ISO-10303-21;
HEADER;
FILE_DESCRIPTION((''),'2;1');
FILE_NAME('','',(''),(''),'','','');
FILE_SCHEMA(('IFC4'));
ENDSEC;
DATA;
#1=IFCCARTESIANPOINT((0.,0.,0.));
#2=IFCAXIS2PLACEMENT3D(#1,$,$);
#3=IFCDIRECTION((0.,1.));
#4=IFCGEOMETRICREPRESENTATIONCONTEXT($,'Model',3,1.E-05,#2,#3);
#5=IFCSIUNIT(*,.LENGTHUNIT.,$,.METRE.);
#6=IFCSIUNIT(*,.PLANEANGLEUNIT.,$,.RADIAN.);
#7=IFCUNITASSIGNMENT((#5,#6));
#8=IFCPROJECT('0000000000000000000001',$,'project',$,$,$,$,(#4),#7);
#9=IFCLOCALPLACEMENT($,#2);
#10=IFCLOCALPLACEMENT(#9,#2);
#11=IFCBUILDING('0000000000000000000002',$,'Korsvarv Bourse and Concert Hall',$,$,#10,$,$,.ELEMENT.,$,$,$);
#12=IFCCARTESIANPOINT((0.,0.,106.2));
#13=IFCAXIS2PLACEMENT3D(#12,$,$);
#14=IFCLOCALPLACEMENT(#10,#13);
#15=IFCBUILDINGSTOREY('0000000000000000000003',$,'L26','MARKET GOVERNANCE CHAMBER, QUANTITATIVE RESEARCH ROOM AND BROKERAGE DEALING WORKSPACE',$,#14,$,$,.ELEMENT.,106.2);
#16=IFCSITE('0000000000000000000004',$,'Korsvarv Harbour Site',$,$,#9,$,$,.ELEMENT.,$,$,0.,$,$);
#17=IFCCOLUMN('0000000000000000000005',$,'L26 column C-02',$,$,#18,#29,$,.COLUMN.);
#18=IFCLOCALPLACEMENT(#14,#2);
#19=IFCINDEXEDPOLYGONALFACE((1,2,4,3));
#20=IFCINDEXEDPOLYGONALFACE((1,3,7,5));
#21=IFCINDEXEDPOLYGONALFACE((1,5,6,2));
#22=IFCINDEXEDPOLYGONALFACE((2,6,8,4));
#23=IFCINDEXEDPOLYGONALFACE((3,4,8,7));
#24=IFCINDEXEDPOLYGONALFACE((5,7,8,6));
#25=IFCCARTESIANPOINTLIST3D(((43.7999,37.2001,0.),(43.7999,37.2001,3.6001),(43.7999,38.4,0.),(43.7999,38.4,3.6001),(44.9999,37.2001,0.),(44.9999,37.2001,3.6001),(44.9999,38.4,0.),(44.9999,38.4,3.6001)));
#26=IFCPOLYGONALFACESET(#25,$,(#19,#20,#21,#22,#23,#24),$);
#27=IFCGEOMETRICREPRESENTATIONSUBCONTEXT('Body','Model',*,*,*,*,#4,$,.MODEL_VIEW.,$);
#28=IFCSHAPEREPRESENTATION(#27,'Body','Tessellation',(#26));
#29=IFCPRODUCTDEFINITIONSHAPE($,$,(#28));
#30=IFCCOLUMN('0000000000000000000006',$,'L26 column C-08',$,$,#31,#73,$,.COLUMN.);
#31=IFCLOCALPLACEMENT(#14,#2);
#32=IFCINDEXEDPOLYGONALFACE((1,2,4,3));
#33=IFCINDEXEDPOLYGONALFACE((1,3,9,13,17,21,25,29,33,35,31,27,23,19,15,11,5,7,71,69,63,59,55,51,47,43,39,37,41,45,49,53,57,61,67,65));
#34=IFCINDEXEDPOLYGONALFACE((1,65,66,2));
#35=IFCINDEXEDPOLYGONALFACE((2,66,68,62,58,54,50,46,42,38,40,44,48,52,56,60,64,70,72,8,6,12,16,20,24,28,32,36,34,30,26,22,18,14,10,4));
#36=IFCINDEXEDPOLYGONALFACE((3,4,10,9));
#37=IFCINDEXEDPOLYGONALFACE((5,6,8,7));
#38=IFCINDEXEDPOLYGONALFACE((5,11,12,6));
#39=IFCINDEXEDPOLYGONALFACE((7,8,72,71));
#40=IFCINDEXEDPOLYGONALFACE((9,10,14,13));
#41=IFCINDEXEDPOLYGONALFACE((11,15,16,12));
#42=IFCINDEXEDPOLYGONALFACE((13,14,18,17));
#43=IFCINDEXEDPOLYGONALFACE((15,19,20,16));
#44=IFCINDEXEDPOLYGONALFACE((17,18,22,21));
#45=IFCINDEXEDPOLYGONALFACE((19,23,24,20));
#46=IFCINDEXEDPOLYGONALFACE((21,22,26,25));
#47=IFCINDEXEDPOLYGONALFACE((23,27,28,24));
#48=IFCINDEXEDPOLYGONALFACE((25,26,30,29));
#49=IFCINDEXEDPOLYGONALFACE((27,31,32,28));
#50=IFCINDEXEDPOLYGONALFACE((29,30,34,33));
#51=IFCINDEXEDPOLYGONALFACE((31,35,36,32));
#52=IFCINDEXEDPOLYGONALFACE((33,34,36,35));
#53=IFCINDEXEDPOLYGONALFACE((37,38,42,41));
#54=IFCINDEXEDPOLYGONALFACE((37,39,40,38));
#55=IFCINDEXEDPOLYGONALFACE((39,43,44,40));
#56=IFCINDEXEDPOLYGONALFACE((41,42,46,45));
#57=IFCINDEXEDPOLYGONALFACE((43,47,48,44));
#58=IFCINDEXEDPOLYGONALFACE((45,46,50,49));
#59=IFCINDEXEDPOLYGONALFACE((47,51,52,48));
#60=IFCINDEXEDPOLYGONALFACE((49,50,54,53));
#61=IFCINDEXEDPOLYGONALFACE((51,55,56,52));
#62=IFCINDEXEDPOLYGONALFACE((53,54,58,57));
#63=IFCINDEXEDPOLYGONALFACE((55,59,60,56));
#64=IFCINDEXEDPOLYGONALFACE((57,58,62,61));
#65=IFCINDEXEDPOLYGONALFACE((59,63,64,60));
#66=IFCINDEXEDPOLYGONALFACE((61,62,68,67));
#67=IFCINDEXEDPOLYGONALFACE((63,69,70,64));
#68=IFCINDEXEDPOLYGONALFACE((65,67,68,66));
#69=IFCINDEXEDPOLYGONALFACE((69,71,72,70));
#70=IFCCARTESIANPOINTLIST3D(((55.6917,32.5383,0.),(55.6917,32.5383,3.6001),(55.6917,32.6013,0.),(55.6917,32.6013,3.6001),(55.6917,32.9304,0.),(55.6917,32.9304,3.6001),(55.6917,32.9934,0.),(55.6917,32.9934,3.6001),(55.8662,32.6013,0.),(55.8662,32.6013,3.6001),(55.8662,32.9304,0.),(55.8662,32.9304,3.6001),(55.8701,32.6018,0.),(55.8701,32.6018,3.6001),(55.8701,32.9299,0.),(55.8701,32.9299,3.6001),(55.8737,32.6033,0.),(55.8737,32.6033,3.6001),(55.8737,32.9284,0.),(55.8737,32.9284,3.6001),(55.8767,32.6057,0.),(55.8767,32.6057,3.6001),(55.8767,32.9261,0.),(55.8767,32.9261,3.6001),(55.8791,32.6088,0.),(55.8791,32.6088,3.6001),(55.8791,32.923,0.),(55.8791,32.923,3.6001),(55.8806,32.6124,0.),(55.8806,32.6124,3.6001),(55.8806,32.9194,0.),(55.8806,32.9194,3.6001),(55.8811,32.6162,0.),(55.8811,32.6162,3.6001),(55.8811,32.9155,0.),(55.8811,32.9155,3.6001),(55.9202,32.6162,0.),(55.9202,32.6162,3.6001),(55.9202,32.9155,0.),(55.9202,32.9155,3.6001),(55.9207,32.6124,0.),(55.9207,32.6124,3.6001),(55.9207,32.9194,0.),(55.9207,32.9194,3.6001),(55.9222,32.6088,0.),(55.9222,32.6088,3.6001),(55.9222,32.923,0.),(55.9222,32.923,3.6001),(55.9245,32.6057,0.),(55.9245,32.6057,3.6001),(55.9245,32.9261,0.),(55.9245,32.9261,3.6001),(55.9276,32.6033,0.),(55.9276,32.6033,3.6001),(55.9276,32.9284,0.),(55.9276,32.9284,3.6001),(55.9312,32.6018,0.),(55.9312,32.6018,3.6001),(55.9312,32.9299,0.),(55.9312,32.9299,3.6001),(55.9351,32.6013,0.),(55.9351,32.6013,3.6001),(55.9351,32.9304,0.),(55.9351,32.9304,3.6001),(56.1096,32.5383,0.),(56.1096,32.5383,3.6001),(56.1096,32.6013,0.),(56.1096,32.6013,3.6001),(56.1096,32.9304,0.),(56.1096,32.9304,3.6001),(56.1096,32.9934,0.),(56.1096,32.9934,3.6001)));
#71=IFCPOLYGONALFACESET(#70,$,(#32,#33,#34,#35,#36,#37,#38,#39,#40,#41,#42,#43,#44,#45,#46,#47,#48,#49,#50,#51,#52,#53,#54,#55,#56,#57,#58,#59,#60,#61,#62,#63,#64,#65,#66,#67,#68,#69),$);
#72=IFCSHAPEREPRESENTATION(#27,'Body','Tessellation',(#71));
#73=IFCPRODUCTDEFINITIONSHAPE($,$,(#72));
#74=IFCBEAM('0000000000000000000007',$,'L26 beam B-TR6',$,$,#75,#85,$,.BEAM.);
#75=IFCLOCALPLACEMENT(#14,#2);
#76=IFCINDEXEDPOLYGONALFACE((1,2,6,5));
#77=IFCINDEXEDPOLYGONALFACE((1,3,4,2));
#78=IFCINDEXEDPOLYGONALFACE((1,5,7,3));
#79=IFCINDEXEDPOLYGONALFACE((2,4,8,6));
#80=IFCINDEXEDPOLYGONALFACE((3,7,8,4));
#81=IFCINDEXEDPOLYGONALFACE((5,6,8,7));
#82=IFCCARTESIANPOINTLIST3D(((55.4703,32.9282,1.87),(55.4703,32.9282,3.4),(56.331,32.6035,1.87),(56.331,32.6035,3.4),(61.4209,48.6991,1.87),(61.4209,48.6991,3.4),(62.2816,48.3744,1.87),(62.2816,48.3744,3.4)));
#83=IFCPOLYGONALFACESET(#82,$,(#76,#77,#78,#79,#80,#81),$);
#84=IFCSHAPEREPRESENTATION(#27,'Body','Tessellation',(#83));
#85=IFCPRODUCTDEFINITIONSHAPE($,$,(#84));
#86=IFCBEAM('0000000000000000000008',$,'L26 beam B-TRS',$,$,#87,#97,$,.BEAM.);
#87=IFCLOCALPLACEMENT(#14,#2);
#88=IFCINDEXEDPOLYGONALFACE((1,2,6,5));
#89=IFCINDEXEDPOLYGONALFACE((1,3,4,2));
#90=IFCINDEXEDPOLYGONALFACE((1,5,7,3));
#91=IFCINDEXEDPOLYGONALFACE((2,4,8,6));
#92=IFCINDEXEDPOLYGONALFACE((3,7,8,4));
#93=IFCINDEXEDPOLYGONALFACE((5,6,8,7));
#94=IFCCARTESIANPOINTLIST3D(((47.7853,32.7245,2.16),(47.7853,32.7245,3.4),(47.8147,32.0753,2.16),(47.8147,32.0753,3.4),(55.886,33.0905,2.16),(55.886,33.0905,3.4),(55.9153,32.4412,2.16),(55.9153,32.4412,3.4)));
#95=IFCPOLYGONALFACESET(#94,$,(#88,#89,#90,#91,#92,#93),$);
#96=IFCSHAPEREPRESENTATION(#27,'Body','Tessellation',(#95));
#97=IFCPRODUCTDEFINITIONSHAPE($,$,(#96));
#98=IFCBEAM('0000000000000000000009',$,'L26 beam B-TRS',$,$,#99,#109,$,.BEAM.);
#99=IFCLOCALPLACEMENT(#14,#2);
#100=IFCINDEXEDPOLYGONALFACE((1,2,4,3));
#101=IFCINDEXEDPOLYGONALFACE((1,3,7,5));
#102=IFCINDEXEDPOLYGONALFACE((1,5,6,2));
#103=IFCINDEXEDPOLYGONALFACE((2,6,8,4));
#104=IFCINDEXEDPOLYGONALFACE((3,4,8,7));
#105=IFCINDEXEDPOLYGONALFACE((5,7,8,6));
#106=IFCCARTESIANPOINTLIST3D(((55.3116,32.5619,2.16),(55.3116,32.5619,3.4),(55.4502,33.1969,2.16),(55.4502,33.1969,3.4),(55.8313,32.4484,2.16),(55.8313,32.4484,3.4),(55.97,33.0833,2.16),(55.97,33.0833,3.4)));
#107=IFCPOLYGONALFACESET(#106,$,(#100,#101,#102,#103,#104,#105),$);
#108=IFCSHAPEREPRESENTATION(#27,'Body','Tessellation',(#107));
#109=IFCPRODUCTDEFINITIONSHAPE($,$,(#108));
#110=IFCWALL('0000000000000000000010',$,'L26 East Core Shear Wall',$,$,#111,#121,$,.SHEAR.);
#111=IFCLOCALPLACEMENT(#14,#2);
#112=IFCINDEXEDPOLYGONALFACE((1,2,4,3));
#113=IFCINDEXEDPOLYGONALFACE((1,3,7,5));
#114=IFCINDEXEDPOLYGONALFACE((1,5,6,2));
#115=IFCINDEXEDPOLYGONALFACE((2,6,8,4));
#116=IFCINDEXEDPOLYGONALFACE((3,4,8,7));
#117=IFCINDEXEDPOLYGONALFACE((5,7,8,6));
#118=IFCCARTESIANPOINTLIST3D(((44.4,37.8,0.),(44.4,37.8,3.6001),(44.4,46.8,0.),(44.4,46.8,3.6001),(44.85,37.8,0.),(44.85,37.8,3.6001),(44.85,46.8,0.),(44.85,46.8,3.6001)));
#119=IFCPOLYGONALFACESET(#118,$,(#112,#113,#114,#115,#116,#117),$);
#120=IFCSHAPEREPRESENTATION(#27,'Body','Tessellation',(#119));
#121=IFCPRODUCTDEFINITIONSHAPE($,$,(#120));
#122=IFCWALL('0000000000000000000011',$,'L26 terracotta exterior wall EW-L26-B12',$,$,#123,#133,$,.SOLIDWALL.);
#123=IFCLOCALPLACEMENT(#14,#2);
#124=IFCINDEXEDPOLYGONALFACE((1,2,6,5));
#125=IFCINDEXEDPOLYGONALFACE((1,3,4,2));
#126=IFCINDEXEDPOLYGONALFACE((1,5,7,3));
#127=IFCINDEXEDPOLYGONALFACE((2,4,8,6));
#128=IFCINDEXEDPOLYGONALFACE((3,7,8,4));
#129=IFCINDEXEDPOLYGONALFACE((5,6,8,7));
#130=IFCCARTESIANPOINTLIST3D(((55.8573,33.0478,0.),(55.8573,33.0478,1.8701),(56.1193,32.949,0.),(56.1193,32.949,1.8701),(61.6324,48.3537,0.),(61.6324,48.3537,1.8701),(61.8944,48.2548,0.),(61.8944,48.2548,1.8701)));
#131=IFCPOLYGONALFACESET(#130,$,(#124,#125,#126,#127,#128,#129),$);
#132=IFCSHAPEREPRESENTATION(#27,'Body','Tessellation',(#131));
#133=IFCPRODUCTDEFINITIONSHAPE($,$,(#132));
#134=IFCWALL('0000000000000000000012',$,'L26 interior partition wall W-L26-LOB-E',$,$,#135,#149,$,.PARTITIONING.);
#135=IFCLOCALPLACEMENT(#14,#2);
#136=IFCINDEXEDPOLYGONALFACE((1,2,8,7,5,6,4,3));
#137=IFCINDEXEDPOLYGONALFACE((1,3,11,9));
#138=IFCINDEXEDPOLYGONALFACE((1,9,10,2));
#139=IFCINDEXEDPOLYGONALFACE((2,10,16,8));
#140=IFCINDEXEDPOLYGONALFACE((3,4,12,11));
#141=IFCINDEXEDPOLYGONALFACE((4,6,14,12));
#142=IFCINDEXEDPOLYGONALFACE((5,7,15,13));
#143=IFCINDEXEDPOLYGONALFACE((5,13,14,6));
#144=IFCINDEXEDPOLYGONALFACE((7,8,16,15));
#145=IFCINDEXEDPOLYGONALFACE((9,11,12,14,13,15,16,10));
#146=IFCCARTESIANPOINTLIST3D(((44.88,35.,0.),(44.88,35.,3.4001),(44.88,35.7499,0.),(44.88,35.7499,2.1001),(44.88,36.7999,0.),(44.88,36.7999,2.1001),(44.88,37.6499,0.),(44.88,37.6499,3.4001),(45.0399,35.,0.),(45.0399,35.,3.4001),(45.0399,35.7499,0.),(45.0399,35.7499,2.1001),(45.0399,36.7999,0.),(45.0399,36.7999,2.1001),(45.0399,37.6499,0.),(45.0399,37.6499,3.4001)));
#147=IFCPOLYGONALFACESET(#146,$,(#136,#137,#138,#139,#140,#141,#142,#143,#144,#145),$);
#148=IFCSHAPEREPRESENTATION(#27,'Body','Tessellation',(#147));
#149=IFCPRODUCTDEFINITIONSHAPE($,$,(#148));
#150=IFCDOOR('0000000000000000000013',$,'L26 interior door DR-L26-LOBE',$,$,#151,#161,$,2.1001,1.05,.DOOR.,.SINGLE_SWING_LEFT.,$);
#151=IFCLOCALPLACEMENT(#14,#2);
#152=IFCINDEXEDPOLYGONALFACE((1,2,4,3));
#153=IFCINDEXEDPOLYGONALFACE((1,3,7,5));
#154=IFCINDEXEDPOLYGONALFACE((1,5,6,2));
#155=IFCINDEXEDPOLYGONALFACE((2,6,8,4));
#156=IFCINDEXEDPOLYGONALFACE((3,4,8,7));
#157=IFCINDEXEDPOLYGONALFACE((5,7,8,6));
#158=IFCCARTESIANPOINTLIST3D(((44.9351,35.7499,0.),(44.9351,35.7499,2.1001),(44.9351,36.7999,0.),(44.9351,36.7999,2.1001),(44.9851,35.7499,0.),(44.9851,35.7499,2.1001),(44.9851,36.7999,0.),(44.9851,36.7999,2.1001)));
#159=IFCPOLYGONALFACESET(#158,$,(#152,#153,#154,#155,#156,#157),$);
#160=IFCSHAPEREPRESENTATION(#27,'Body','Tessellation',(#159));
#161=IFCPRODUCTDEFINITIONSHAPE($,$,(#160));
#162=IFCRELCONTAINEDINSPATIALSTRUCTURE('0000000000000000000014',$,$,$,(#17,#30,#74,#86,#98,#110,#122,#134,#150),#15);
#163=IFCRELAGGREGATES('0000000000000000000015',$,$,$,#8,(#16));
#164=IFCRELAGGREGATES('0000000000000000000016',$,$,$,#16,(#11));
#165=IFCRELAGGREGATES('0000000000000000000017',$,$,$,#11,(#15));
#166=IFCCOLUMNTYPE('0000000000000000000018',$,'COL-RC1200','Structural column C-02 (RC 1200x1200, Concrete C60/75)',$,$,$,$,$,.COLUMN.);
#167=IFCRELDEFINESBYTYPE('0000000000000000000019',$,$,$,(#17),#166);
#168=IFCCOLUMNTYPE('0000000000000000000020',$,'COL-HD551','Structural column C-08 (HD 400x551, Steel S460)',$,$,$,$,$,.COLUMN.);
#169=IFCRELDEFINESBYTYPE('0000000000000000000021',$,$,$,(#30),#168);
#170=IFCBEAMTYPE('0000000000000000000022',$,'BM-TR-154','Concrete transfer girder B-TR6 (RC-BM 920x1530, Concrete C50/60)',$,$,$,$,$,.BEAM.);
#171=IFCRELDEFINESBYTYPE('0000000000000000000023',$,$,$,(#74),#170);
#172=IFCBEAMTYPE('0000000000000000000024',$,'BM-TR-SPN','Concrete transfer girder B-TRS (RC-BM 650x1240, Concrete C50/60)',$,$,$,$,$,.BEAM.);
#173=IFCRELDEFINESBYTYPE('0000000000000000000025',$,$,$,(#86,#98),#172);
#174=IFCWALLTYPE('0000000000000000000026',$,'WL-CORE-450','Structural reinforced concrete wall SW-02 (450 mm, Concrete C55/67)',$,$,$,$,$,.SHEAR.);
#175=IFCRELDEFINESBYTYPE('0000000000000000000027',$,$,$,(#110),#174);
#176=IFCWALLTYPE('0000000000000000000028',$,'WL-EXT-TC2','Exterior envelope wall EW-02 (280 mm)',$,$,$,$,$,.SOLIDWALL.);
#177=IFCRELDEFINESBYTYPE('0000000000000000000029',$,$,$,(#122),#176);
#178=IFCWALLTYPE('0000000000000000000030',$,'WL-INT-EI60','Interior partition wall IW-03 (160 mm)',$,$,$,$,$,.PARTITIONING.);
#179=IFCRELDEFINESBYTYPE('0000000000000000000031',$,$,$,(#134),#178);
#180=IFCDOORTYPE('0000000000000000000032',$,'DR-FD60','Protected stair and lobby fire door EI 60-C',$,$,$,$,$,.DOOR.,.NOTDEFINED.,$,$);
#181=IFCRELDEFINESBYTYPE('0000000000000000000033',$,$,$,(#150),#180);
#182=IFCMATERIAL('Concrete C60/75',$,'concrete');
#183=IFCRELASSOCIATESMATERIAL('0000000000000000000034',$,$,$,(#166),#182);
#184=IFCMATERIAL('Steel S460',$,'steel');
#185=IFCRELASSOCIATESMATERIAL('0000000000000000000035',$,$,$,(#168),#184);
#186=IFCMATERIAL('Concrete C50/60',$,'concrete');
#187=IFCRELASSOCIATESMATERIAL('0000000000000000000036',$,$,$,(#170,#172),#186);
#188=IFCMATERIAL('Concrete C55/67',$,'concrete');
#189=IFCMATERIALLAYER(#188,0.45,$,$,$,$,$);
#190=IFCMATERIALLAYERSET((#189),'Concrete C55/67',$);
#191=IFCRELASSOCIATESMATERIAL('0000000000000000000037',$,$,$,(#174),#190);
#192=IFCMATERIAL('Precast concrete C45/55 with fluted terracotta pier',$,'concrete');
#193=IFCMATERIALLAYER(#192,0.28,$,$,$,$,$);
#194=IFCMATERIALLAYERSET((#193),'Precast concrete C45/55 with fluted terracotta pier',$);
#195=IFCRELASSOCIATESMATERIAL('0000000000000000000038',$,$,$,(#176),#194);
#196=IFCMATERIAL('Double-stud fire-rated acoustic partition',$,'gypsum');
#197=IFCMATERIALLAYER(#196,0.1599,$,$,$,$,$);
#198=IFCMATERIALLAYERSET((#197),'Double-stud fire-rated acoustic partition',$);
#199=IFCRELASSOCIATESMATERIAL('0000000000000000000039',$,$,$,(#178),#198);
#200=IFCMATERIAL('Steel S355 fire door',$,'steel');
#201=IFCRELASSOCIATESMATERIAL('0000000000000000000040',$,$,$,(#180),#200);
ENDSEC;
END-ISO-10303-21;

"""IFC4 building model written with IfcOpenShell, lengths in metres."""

from ifc_helpers import new_model, si_unit, direction, frame, frame_2d, origin, origin_2d, place, context, subcontext, project, spatial, rectangle, i_section, extrude, source, transform, mapped, material, layer, layer_set, material_profile, profile_set, type_object, element, fill, save


model = new_model("IFC4")

# Units and contexts
model_context = context("Model", 3, precision=1e-05, world=origin(), true_north=direction((0.0, 1.0)))
body_context = subcontext(model_context, "Body", "Model", "MODEL_VIEW")
ifc_project = project(units=[si_unit("LENGTHUNIT", "METRE"), si_unit("PLANEANGLEUNIT", "RADIAN")], contexts=[model_context])

# Site, building, storey
site_placement = place(None, origin())
site = spatial("IfcSite", under=ifc_project, at=site_placement, Name="Korsvarv Harbour Site", CompositionType="ELEMENT", RefElevation=0.0)
building_placement = place(site_placement, origin())
building = spatial("IfcBuilding", under=site, at=building_placement, Name="Korsvarv Bourse and Concert Hall", CompositionType="ELEMENT")
storey_placement = place(building_placement, frame((0.0, 0.0, 106.2)))
storey = spatial("IfcBuildingStorey", under=building, at=storey_placement, Name="L26", Description="MARKET GOVERNANCE CHAMBER, QUANTITATIVE RESEARCH ROOM AND BROKERAGE DEALING WORKSPACE", CompositionType="ELEMENT", Elevation=106.2)

# Columns
ifc_material_1 = material(Name="Concrete C60/75", Category="concrete")
ifc_material_profile_1 = material_profile(ifc_material_1, rectangle(XDim=1.2, YDim=1.2, at=origin_2d()), Name="RC 1200x1200")
ifc_profile_set_1 = profile_set([ifc_material_profile_1], Name="Concrete C60/75")
column_type_1 = type_object("IfcColumnType", Name="COL-RC1200", Description="Structural column C-02 (RC 1200x1200, Concrete C60/75)", PredefinedType="COLUMN", material=ifc_profile_set_1)
shared_shape_1 = source(origin(), body_context, "Body", "SweptSolid", [
    extrude(rectangle(XDim=1.2, YDim=1.2, at=origin_2d()), origin(), (0.0, 0.0, 1.0), 3.6001),
])
column_1_placement = place(storey_placement, frame((44.3999, 37.8, 0.0), z_axis=(0.0, 0.0, 1.0), x_axis=(1.0, 0.0, 0.0)))
element("IfcColumn", 1, at=column_1_placement, inside=storey, type_object=column_type_1, Name="L26 column C-02", PredefinedType="COLUMN", context=body_context, shape_type="MappedRepresentation", body=[
    mapped(shared_shape_1, transform((0.0, 0.0, 0.0), scale=1.0)),
])
ifc_material_2 = material(Name="Steel S460", Category="steel")
ifc_material_profile_2 = material_profile(ifc_material_2, i_section(OverallWidth=0.418, OverallDepth=0.4551, WebThickness=0.0391, FlangeThickness=0.063, FilletRadius=0.0149, at=origin_2d()), Name="HD 400x551")
ifc_profile_set_2 = profile_set([ifc_material_profile_2], Name="Steel S460")
column_type_2 = type_object("IfcColumnType", Name="COL-HD551", Description="Structural column C-08 (HD 400x551, Steel S460)", PredefinedType="COLUMN", material=ifc_profile_set_2)
shared_shape_2 = source(origin(), body_context, "Body", "SweptSolid", [
    extrude(i_section(OverallWidth=0.418, OverallDepth=0.4551, WebThickness=0.0391, FlangeThickness=0.063, FilletRadius=0.0149, at=origin_2d()), origin(), (0.0, 0.0, 1.0), 3.6001),
])
column_2_placement = place(storey_placement, frame((55.9006, 32.7659, 0.0), z_axis=(0.0, 0.0, 1.0), x_axis=(1.0, 0.0, 0.0)))
element("IfcColumn", 2, at=column_2_placement, inside=storey, type_object=column_type_2, Name="L26 column C-08", PredefinedType="COLUMN", context=body_context, shape_type="MappedRepresentation", body=[
    mapped(shared_shape_2, transform((0.0, 0.0, 0.0), scale=1.0)),
])

# Beams
ifc_material_3 = material(Name="Concrete C50/60", Category="concrete")
ifc_material_profile_3 = material_profile(ifc_material_3, rectangle(XDim=0.9199, YDim=1.53, at=origin_2d()), Name="RC-BM 920x1530")
ifc_profile_set_3 = profile_set([ifc_material_profile_3], Name="Concrete C50/60")
beam_type_1 = type_object("IfcBeamType", Name="BM-TR-154", Description="Concrete transfer girder B-TR6 (RC-BM 920x1530, Concrete C50/60)", PredefinedType="BEAM", material=ifc_profile_set_3)
shared_shape_3 = source(origin(), body_context, "Body", "SweptSolid", [
    extrude(rectangle(XDim=0.9199, YDim=1.53, at=origin_2d()), origin(), (0.0, 0.0, 1.0), 16.8562),
])
beam_1_placement = place(storey_placement, frame((55.9006, 32.7659, 2.635), z_axis=(0.353024, 0.935614, 0.0), x_axis=(-0.935614, 0.353024, 0.0)))
element("IfcBeam", 3, at=beam_1_placement, inside=storey, type_object=beam_type_1, Name="L26 beam B-TR6", PredefinedType="BEAM", context=body_context, shape_type="MappedRepresentation", body=[
    mapped(shared_shape_3, transform((0.0, 0.0, 0.0), scale=1.0)),
])
ifc_material_profile_4 = material_profile(ifc_material_3, rectangle(XDim=0.6499, YDim=1.24, at=origin_2d()), Name="RC-BM 650x1240")
ifc_profile_set_4 = profile_set([ifc_material_profile_4], Name="Concrete C50/60")
beam_type_2 = type_object("IfcBeamType", Name="BM-TR-SPN", Description="Concrete transfer girder B-TRS (RC-BM 650x1240, Concrete C50/60)", PredefinedType="BEAM", material=ifc_profile_set_4)
shared_shape_4 = source(origin(), body_context, "Body", "SweptSolid", [
    extrude(rectangle(XDim=0.6499, YDim=1.24, at=origin_2d()), origin(), (0.0, 0.0, 1.0), 8.1089),
])
beam_2_placement = place(storey_placement, frame((55.9006, 32.7659, 2.78), z_axis=(-0.998981, -0.045132, 0.0), x_axis=(0.045132, -0.998981, 0.0)))
element("IfcBeam", 4, at=beam_2_placement, inside=storey, type_object=beam_type_2, Name="L26 beam B-TRS", PredefinedType="BEAM", context=body_context, shape_type="MappedRepresentation", body=[
    mapped(shared_shape_4, transform((0.0, 0.0, 0.0), scale=1.0)),
])
shared_shape_5 = source(origin(), body_context, "Body", "SweptSolid", [
    extrude(rectangle(XDim=0.6499, YDim=1.24, at=origin_2d()), origin(), (0.0, 0.0, 1.0), 0.532),
])
beam_3_placement = place(storey_placement, frame((55.9006, 32.7659, 2.78), z_axis=(-0.976969, 0.213382, 0.0), x_axis=(-0.213382, -0.976969, 0.0)))
element("IfcBeam", 5, at=beam_3_placement, inside=storey, type_object=beam_type_2, Name="L26 beam B-TRS", PredefinedType="BEAM", context=body_context, shape_type="MappedRepresentation", body=[
    mapped(shared_shape_5, transform((0.0, 0.0, 0.0), scale=1.0)),
])

# Walls
ifc_material_4 = material(Name="Concrete C55/67", Category="concrete")
ifc_layer_1 = layer(ifc_material_4, 0.45)
ifc_layer_set_1 = layer_set([ifc_layer_1], Name="Concrete C55/67")
wall_type_1 = type_object("IfcWallType", Name="WL-CORE-450", Description="Structural reinforced concrete wall SW-02 (450 mm, Concrete C55/67)", PredefinedType="SHEAR", material=ifc_layer_set_1)
wall_1_placement = place(storey_placement, frame((44.625, 37.8, 0.0), z_axis=(0.0, 0.0, 1.0), x_axis=(0.0, 1.0, 0.0)))
element("IfcWall", 6, at=wall_1_placement, inside=storey, type_object=wall_type_1, Name="L26 East Core Shear Wall", PredefinedType="SHEAR", context=body_context, shape_type="SweptSolid", body=[
    extrude(rectangle(XDim=9.0, YDim=0.45, at=frame_2d((4.5, 0.0))), origin(), (0.0, 0.0, 1.0), 3.6001),
])
ifc_material_5 = material(Name="Precast concrete C45/55 with fluted terracotta pier", Category="concrete")
ifc_layer_2 = layer(ifc_material_5, 0.28)
ifc_layer_set_2 = layer_set([ifc_layer_2], Name="Precast concrete C45/55 with fluted terracotta pier")
wall_type_2 = type_object("IfcWallType", Name="WL-EXT-TC2", Description="Exterior envelope wall EW-02 (280 mm)", PredefinedType="SOLIDWALL", material=ifc_layer_set_2)
wall_2_placement = place(storey_placement, frame((55.9883, 32.9983, 0.0), z_axis=(0.0, 0.0, 1.0), x_axis=(0.353022, 0.935615, 0.0)))
element("IfcWall", 7, at=wall_2_placement, inside=storey, type_object=wall_type_2, Name="L26 terracotta exterior wall EW-L26-B12", PredefinedType="SOLIDWALL", context=body_context, shape_type="SweptSolid", body=[
    extrude(rectangle(XDim=16.3591, YDim=0.28, at=frame_2d((8.1797, 0.0))), origin(), (0.0, 0.0, 1.0), 1.8701),
])

# Wall, opening, door
ifc_material_6 = material(Name="Double-stud fire-rated acoustic partition", Category="gypsum")
ifc_layer_3 = layer(ifc_material_6, 0.1599)
ifc_layer_set_3 = layer_set([ifc_layer_3], Name="Double-stud fire-rated acoustic partition")
wall_type_3 = type_object("IfcWallType", Name="WL-INT-EI60", Description="Interior partition wall IW-03 (160 mm)", PredefinedType="PARTITIONING", material=ifc_layer_set_3)
wall_3_placement = place(storey_placement, frame((44.96, 35.0, 0.0), z_axis=(0.0, 0.0, 1.0), x_axis=(0.0, 1.0, 0.0)))
wall_3 = element("IfcWall", 8, at=wall_3_placement, inside=storey, type_object=wall_type_3, Name="L26 interior partition wall W-L26-LOB-E", PredefinedType="PARTITIONING", context=body_context, shape_type="SweptSolid", body=[
    extrude(rectangle(XDim=2.6499, YDim=0.1599, at=frame_2d((1.325, 0.0))), origin(), (0.0, 0.0, 1.0), 3.4001),
])
opening_1_placement = place(wall_3_placement, frame((0.75, 0.0, 0.0)))
opening_1 = element("IfcOpeningElement", 9, at=opening_1_placement, cuts=wall_3, PredefinedType="OPENING", context=body_context, shape_type="SweptSolid", body=[
    extrude(rectangle(XDim=1.05, YDim=2.1001, at=frame_2d((0.5249, 1.05))), frame((0.0, 0.0898, 0.0), z_axis=(0.0, -1.0, 0.0), x_axis=(1.0, 0.0, 0.0)), (0.0, 0.0, 1.0), 0.1799),
])
ifc_material_7 = material(Name="Steel S355 fire door", Category="steel")
door_type_1 = type_object("IfcDoorType", Name="DR-FD60", Description="Protected stair and lobby fire door EI 60-C", OperationType="NOTDEFINED", PredefinedType="DOOR", material=ifc_material_7)
door_1_placement = place(opening_1_placement, origin())
door_1 = element("IfcDoor", 10, at=door_1_placement, inside=storey, type_object=door_type_1, Name="L26 interior door DR-L26-LOBE", OperationType="SINGLE_SWING_LEFT", OverallHeight=2.1001, OverallWidth=1.05, PredefinedType="DOOR", context=body_context, shape_type="SweptSolid", body=[
    extrude(rectangle(XDim=1.05, YDim=2.1001, at=frame_2d((0.5249, 1.05))), frame((0.0, 0.0249, 0.0), z_axis=(0.0, -1.0, 0.0), x_axis=(1.0, 0.0, 0.0)), (0.0, 0.0, 1.0), 0.05),
])
fill(opening_1, door_1)

save(model, "model.ifc")
